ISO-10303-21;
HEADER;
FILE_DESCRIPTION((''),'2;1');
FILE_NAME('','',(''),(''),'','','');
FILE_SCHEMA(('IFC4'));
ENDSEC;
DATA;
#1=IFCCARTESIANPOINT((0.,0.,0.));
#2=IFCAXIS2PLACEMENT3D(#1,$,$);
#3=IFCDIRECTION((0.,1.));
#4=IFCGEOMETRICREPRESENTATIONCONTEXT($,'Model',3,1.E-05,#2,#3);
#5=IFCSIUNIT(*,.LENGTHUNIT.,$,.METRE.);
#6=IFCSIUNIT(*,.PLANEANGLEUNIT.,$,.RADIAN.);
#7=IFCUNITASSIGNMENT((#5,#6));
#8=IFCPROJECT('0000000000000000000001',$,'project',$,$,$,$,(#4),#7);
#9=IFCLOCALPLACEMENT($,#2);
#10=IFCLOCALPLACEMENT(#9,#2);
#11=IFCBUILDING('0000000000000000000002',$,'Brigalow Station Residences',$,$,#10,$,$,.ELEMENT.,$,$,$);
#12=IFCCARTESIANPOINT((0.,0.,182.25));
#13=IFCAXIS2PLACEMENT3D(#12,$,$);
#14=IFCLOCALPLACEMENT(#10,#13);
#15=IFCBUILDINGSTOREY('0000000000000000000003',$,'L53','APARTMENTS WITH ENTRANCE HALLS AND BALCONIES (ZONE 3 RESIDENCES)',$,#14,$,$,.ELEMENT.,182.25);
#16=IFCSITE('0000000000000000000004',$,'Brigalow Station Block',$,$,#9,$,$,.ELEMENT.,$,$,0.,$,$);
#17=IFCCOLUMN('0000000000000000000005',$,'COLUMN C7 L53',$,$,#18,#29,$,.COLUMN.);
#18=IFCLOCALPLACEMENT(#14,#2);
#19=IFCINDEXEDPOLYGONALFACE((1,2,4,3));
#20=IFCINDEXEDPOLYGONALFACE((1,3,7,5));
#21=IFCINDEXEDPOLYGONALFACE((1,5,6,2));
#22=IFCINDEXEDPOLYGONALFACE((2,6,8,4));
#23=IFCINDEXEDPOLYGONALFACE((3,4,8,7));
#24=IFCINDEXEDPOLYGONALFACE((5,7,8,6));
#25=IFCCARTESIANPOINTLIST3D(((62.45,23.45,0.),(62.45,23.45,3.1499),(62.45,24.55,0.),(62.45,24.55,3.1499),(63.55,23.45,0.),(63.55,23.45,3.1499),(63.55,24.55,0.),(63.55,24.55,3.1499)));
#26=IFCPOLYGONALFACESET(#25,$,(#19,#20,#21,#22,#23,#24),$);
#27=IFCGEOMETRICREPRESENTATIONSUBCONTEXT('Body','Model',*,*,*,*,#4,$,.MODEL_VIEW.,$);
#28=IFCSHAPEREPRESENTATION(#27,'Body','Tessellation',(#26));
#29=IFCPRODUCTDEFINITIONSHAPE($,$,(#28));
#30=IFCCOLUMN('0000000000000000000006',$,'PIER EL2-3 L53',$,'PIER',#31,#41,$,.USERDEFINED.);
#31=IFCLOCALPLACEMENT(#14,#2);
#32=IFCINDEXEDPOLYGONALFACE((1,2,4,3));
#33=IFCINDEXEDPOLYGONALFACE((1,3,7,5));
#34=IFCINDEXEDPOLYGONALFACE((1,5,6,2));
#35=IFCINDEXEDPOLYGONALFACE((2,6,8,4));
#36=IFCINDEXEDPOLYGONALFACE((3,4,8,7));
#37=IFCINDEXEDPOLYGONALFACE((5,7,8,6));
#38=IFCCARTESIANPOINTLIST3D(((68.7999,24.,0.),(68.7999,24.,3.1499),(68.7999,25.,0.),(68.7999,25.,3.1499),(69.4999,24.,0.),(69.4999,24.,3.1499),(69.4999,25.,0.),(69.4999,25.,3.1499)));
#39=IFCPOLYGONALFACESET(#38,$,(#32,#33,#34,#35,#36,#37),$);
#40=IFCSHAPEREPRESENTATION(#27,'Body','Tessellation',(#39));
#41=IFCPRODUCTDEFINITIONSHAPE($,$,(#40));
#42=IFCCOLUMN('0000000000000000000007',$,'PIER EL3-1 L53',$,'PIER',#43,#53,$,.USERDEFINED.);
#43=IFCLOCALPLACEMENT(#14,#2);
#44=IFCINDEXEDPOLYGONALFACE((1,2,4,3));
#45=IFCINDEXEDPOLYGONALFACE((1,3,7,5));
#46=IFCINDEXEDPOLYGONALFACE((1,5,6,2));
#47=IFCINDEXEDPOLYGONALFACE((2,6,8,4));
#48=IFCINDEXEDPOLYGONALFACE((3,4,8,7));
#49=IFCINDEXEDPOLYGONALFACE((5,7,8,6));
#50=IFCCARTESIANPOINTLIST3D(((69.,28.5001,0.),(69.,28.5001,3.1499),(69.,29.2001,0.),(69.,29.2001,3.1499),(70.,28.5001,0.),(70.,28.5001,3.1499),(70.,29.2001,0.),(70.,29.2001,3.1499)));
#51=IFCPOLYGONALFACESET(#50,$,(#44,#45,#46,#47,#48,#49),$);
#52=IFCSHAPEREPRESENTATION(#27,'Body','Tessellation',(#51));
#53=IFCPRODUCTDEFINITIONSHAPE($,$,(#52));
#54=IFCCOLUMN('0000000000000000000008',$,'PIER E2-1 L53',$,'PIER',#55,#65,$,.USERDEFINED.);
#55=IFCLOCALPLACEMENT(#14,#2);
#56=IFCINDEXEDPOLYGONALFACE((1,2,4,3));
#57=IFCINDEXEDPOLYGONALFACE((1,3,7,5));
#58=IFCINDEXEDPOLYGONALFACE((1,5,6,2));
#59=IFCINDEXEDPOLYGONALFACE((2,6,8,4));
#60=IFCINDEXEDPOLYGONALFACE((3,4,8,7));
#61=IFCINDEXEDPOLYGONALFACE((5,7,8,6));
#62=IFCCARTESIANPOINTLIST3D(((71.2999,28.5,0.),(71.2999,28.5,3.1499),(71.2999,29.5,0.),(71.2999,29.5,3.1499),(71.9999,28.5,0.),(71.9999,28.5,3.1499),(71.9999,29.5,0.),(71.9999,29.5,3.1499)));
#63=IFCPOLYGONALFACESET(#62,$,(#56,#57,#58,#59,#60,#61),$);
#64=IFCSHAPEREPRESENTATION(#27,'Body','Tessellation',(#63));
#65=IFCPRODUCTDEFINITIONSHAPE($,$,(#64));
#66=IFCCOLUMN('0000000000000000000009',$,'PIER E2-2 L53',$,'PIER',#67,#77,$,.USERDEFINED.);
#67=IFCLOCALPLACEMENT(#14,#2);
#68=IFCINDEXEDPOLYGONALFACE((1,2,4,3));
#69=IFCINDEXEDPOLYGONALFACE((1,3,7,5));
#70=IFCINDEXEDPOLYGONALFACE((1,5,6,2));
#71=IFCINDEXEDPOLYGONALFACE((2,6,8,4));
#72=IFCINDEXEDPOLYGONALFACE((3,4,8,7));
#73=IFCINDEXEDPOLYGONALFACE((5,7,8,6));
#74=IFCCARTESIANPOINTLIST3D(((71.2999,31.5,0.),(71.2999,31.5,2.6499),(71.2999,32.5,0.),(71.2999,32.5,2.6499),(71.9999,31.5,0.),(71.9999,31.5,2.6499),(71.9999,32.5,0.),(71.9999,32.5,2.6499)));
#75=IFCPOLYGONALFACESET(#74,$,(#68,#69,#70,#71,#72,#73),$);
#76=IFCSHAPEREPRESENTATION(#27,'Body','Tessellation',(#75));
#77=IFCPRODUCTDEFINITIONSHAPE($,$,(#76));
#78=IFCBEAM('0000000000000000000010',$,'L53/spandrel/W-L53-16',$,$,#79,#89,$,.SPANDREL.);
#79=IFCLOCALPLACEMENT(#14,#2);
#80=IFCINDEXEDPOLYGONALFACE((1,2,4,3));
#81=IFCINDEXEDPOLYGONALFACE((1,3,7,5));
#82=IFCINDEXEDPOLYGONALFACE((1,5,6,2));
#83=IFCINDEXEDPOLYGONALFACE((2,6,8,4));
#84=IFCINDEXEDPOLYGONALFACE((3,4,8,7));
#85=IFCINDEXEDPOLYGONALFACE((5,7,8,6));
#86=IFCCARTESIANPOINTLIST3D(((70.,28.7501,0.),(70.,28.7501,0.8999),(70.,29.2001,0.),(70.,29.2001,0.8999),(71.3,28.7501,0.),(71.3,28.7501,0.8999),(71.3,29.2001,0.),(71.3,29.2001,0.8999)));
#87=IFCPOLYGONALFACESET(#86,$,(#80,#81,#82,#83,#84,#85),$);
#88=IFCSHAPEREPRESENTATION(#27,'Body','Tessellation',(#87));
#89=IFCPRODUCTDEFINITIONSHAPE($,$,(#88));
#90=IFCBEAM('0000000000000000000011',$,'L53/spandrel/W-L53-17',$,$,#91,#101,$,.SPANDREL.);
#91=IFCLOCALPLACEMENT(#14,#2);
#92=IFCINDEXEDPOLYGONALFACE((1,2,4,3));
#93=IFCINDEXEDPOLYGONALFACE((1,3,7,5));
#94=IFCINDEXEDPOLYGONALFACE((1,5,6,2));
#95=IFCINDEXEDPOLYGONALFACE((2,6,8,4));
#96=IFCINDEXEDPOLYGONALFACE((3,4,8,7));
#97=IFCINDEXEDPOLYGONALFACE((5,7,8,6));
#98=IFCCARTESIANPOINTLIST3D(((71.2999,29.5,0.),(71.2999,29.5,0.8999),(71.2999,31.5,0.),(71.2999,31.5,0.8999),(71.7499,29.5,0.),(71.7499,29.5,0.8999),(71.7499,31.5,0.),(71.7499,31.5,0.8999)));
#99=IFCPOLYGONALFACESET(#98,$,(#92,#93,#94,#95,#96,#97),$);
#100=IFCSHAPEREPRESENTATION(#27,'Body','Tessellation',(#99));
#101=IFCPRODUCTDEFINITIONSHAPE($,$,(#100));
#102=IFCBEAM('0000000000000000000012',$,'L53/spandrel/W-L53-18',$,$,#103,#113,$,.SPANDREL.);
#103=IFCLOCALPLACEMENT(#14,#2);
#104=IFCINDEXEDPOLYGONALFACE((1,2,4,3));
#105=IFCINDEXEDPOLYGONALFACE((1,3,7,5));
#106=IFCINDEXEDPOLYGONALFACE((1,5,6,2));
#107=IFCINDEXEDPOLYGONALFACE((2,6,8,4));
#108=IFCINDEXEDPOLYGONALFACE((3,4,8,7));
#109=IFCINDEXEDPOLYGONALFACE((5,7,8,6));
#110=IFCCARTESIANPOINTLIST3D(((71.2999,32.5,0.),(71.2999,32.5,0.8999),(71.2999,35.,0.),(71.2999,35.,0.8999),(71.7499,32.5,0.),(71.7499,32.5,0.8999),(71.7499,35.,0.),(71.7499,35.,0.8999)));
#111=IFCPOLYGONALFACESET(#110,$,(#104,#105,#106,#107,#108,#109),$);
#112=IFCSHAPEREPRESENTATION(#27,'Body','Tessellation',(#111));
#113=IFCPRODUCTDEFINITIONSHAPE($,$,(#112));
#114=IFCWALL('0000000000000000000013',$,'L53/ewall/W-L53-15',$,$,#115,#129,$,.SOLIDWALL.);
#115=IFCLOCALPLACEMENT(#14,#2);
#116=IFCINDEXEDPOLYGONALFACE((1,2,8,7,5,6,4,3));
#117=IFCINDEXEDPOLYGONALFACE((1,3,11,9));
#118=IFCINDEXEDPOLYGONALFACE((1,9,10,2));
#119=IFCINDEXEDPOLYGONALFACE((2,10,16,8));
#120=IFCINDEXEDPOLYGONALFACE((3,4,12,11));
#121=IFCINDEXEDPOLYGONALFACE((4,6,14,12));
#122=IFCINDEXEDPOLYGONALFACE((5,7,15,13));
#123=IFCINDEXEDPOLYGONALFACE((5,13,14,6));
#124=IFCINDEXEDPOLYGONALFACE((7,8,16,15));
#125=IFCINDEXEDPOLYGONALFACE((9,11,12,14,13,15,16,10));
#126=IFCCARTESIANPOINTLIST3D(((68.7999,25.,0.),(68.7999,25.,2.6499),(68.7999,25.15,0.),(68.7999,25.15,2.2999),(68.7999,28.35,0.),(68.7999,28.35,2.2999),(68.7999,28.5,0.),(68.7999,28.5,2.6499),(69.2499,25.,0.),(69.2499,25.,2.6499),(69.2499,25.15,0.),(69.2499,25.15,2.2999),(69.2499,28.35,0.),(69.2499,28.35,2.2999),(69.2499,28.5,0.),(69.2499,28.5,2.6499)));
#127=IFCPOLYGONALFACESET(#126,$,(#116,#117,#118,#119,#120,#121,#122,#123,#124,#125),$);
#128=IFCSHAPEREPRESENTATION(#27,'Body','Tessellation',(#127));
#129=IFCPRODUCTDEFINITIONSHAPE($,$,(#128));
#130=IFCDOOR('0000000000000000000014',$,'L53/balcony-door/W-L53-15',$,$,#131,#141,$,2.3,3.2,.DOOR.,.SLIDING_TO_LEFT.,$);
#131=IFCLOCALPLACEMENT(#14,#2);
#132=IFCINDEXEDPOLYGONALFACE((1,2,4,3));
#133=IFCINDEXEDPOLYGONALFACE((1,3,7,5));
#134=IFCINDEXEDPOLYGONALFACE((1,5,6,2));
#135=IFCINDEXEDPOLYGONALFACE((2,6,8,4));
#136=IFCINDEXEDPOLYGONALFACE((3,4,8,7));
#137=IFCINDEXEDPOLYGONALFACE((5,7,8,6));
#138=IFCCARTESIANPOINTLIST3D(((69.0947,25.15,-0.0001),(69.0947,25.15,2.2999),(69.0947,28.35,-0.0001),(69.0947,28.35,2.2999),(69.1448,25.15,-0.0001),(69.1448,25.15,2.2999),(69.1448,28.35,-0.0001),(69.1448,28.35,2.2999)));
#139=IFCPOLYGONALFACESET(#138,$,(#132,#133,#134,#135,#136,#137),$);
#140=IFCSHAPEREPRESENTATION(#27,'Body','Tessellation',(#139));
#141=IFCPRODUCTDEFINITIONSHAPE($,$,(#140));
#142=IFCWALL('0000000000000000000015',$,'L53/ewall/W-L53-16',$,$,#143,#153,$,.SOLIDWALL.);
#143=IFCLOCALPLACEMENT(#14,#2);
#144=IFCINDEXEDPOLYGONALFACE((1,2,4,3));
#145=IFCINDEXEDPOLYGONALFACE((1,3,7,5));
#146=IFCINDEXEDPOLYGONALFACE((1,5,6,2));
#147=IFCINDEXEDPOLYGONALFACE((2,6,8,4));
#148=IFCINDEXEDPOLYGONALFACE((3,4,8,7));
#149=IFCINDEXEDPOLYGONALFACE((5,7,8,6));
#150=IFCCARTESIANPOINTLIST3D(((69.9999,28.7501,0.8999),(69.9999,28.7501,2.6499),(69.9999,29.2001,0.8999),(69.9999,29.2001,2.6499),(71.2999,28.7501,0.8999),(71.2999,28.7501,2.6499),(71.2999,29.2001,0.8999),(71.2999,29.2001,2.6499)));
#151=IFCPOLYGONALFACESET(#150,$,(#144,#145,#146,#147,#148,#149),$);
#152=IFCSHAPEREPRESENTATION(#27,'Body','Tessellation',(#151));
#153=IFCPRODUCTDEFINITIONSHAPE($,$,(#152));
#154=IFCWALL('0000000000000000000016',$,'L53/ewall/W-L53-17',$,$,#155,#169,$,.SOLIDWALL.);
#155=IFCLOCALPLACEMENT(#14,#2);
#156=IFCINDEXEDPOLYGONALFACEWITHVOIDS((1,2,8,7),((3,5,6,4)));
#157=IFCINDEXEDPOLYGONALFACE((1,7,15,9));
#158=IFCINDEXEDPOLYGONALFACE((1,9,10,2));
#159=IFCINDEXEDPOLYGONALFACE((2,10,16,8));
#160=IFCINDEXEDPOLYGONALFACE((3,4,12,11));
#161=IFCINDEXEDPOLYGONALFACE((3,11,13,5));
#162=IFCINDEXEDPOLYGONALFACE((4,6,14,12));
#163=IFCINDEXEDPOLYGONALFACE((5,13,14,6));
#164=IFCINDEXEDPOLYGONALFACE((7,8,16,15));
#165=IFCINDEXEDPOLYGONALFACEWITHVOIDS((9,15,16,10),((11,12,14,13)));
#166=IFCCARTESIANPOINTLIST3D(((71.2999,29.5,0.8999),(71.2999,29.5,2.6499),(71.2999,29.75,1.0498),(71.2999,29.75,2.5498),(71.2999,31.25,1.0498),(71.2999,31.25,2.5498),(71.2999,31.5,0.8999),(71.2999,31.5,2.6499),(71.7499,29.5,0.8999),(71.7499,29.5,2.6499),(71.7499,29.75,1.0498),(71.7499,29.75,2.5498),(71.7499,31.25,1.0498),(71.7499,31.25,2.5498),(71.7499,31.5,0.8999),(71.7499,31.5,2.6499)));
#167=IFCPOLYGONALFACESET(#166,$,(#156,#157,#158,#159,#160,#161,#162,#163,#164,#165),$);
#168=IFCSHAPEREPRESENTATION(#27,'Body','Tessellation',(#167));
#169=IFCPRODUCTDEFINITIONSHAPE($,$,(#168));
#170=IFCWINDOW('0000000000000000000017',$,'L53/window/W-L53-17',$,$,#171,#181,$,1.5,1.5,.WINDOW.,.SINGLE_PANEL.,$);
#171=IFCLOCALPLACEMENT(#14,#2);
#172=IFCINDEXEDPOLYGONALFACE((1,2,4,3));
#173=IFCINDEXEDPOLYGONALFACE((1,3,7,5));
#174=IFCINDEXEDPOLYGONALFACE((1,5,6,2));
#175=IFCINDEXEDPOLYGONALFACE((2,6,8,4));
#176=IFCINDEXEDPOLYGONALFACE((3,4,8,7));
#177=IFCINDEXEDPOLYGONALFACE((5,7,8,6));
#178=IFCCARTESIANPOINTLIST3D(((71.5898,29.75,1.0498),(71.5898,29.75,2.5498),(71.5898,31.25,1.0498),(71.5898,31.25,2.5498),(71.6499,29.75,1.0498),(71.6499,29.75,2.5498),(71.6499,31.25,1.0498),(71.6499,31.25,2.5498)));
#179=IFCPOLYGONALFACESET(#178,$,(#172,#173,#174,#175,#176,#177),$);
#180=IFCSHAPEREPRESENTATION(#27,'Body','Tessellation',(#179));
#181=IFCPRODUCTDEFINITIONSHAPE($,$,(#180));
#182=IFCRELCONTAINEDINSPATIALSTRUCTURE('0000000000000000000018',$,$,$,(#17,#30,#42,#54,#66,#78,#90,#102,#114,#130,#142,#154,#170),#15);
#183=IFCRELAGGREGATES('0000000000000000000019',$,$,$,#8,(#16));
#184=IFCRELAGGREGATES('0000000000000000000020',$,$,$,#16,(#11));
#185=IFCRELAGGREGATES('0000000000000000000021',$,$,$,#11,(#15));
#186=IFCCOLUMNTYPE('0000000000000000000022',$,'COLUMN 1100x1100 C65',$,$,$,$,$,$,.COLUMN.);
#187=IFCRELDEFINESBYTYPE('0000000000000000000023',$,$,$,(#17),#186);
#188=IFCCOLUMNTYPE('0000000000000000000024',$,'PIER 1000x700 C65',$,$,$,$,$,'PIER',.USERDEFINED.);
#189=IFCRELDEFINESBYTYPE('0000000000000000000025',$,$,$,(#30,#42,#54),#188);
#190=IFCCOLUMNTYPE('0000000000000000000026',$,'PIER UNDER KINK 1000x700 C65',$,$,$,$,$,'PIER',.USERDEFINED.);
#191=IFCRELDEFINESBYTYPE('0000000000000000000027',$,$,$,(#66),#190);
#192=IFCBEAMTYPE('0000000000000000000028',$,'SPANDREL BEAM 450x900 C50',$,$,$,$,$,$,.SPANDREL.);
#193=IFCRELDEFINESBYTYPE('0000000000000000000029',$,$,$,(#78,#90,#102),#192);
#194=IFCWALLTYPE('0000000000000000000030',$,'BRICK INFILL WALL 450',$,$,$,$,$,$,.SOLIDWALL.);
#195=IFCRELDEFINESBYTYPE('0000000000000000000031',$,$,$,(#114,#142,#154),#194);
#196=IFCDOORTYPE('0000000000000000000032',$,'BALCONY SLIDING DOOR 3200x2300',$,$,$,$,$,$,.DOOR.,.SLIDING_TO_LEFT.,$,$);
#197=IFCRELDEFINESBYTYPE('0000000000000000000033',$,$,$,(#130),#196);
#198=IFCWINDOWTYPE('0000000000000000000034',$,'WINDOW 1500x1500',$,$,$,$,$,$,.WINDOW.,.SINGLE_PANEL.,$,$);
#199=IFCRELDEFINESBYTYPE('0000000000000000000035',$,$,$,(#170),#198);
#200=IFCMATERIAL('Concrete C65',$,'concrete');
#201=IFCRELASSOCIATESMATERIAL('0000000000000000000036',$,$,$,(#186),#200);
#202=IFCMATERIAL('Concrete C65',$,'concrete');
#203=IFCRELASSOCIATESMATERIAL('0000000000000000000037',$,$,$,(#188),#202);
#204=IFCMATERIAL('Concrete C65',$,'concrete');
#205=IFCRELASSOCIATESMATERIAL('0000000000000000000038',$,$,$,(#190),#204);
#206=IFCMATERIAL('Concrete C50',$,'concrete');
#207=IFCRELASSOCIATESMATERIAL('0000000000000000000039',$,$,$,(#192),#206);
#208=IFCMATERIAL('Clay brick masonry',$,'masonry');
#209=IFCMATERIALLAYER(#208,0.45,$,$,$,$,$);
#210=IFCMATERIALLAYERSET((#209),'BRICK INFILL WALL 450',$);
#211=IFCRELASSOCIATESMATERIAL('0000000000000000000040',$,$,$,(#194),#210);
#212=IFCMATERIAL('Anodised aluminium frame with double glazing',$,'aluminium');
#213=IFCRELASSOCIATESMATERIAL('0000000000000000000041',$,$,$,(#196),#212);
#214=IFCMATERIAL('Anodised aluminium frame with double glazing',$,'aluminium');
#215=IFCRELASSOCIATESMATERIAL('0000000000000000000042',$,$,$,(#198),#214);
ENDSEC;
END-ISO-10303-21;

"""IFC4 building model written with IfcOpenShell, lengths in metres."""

from ifc_helpers import new_model, si_unit, direction, frame, frame_2d, origin, origin_2d, place, context, subcontext, project, spatial, rectangle, extrude, material, layer, layer_set, material_profile, profile_set, type_object, element, fill, save


model = new_model("IFC4")

# Units and contexts
model_context = context("Model", 3, precision=1e-05, world=origin(), true_north=direction((0.0, 1.0)))
body_context = subcontext(model_context, "Body", "Model", "MODEL_VIEW")
ifc_project = project(units=[si_unit("LENGTHUNIT", "METRE"), si_unit("PLANEANGLEUNIT", "RADIAN")], contexts=[model_context])

# Site, building, storey
site_placement = place(None, origin())
site = spatial("IfcSite", under=ifc_project, at=site_placement, Name="Brigalow Station Block", CompositionType="ELEMENT", RefElevation=0.0)
building_placement = place(site_placement, origin())
building = spatial("IfcBuilding", under=site, at=building_placement, Name="Brigalow Station Residences", CompositionType="ELEMENT")
storey_placement = place(building_placement, frame((0.0, 0.0, 182.25)))
storey = spatial("IfcBuildingStorey", under=building, at=storey_placement, Name="L53", Description="APARTMENTS WITH ENTRANCE HALLS AND BALCONIES (ZONE 3 RESIDENCES)", CompositionType="ELEMENT", Elevation=182.25)

# Columns
ifc_material_1 = material(Name="Concrete C65", Category="concrete")
ifc_material_profile_1 = material_profile(ifc_material_1, rectangle(XDim=1.1001, YDim=1.1001, at=origin_2d()), Name="RC1100x1100")
ifc_profile_set_1 = profile_set([ifc_material_profile_1], Name="Concrete C65")
column_type_1 = type_object("IfcColumnType", Name="COLUMN 1100x1100 C65", PredefinedType="COLUMN", material=ifc_profile_set_1)
column_1_placement = place(storey_placement, frame((63.0, 24.0, 0.0), z_axis=(0.0, 0.0, 1.0), x_axis=(1.0, 0.0, 0.0)))
element("IfcColumn", 1, at=column_1_placement, inside=storey, type_object=column_type_1, Name="COLUMN C7 L53", PredefinedType="COLUMN", context=body_context, shape_type="SweptSolid", body=[
    extrude(rectangle(XDim=1.1001, YDim=1.1001, at=origin_2d()), origin(), (0.0, 0.0, 1.0), 3.1499),
])
ifc_material_2 = material(Name="Concrete C65", Category="concrete")
ifc_material_profile_2 = material_profile(ifc_material_2, rectangle(XDim=1.0, YDim=0.7, at=origin_2d()), Name="RC1000x700")
ifc_profile_set_2 = profile_set([ifc_material_profile_2], Name="Concrete C65")
column_type_2 = type_object("IfcColumnType", Name="PIER 1000x700 C65", ElementType="PIER", PredefinedType="USERDEFINED", material=ifc_profile_set_2)
for number, where, z_axis, x_axis, name in (
    (2, (69.1499, 24.5, 0.0), (0.0, 0.0, 1.0), (0.0, 1.0, 0.0), "PIER EL2-3 L53"),
    (3, (69.5, 28.8501, 0.0), (0.0, 0.0, 1.0), (1.0, 0.0, 0.0), "PIER EL3-1 L53"),
    (4, (71.6499, 29.0, 0.0), (0.0, 0.0, 1.0), (0.0, 1.0, 0.0), "PIER E2-1 L53"),
):
    element("IfcColumn", number, at=place(storey_placement, frame(where, z_axis=z_axis, x_axis=x_axis)), inside=storey, type_object=column_type_2, Name=name, ObjectType="PIER", PredefinedType="USERDEFINED", context=body_context, shape_type="SweptSolid", body=[
        extrude(rectangle(XDim=1.0, YDim=0.7, at=origin_2d()), origin(), (0.0, 0.0, 1.0), 3.1499),
    ])
ifc_material_3 = material(Name="Concrete C65", Category="concrete")
ifc_material_profile_3 = material_profile(ifc_material_3, rectangle(XDim=1.0, YDim=0.7, at=origin_2d()), Name="RC1000x700")
ifc_profile_set_3 = profile_set([ifc_material_profile_3], Name="Concrete C65")
column_type_3 = type_object("IfcColumnType", Name="PIER UNDER KINK 1000x700 C65", ElementType="PIER", PredefinedType="USERDEFINED", material=ifc_profile_set_3)
column_2_placement = place(storey_placement, frame((71.6499, 32.0, 0.0), z_axis=(0.0, 0.0, 1.0), x_axis=(0.0, 1.0, 0.0)))
element("IfcColumn", 5, at=column_2_placement, inside=storey, type_object=column_type_3, Name="PIER E2-2 L53", ObjectType="PIER", PredefinedType="USERDEFINED", context=body_context, shape_type="SweptSolid", body=[
    extrude(rectangle(XDim=1.0, YDim=0.7, at=origin_2d()), origin(), (0.0, 0.0, 1.0), 2.6499),
])

# Beams
ifc_material_4 = material(Name="Concrete C50", Category="concrete")
ifc_material_profile_4 = material_profile(ifc_material_4, rectangle(XDim=0.45, YDim=0.8999, at=origin_2d()), Name="RC450x900")
ifc_profile_set_4 = profile_set([ifc_material_profile_4], Name="Concrete C50")
beam_type = type_object("IfcBeamType", Name="SPANDREL BEAM 450x900 C50", PredefinedType="SPANDREL", material=ifc_profile_set_4)
beam_1_placement = place(storey_placement, frame((70.0, 28.9751, 0.45), z_axis=(1.0, 0.0, 0.0), x_axis=(0.0, 1.0, 0.0)))
element("IfcBeam", 6, at=beam_1_placement, inside=storey, type_object=beam_type, Name="L53/spandrel/W-L53-16", PredefinedType="SPANDREL", context=body_context, shape_type="SweptSolid", body=[
    extrude(rectangle(XDim=0.45, YDim=0.8999, at=origin_2d()), origin(), (0.0, 0.0, 1.0), 1.3),
])
beam_2_placement = place(storey_placement, frame((71.5249, 29.5, 0.45), z_axis=(0.0, 1.0, 0.0), x_axis=(-1.0, 0.0, 0.0)))
element("IfcBeam", 7, at=beam_2_placement, inside=storey, type_object=beam_type, Name="L53/spandrel/W-L53-17", PredefinedType="SPANDREL", context=body_context, shape_type="SweptSolid", body=[
    extrude(rectangle(XDim=0.45, YDim=0.8999, at=origin_2d()), origin(), (0.0, 0.0, 1.0), 2.0),
])
beam_3_placement = place(storey_placement, frame((71.5249, 32.5, 0.45), z_axis=(0.0, 1.0, 0.0), x_axis=(-1.0, 0.0, 0.0)))
element("IfcBeam", 8, at=beam_3_placement, inside=storey, type_object=beam_type, Name="L53/spandrel/W-L53-18", PredefinedType="SPANDREL", context=body_context, shape_type="SweptSolid", body=[
    extrude(rectangle(XDim=0.45, YDim=0.8999, at=origin_2d()), origin(), (0.0, 0.0, 1.0), 2.5),
])

# Wall, opening, door
ifc_material_5 = material(Name="Clay brick masonry", Category="masonry")
ifc_layer_1 = layer(ifc_material_5, 0.45)
ifc_layer_set_1 = layer_set([ifc_layer_1], Name="BRICK INFILL WALL 450")
wall_type_1 = type_object("IfcWallType", Name="BRICK INFILL WALL 450", PredefinedType="SOLIDWALL", material=ifc_layer_set_1)
wall_1_placement = place(storey_placement, frame((69.0249, 25.0, 0.0), z_axis=(0.0, 0.0, 1.0), x_axis=(0.0, 1.0, 0.0)))
wall_1 = element("IfcWall", 9, at=wall_1_placement, inside=storey, type_object=wall_type_1, Name="L53/ewall/W-L53-15", PredefinedType="SOLIDWALL", context=body_context, shape_type="SweptSolid", body=[
    extrude(rectangle(XDim=3.5, YDim=0.45, at=frame_2d((1.75, 0.0))), origin(), (0.0, 0.0, 1.0), 2.6499),
])
opening_1_placement = place(wall_1_placement, frame((0.1499, 0.0, 0.0)))
opening_1 = element("IfcOpeningElement", 10, at=opening_1_placement, cuts=wall_1, PredefinedType="OPENING", context=body_context, shape_type="SweptSolid", body=[
    extrude(rectangle(XDim=3.2, YDim=2.3, at=frame_2d((1.6001, 1.1499))), frame((0.0, 0.2349, 0.0), z_axis=(0.0, -1.0, 0.0), x_axis=(1.0, 0.0, 0.0)), (0.0, 0.0, 1.0), 0.47),
])
ifc_material_6 = material(Name="Anodised aluminium frame with double glazing", Category="aluminium")
door_type_1 = type_object("IfcDoorType", Name="BALCONY SLIDING DOOR 3200x2300", OperationType="SLIDING_TO_LEFT", PredefinedType="DOOR", material=ifc_material_6)
door_1_placement = place(opening_1_placement, origin())
door_1 = element("IfcDoor", 11, at=door_1_placement, inside=storey, type_object=door_type_1, Name="L53/balcony-door/W-L53-15", OperationType="SLIDING_TO_LEFT", OverallHeight=2.3, OverallWidth=3.2, PredefinedType="DOOR", context=body_context, shape_type="SweptSolid", body=[
    extrude(rectangle(XDim=3.2, YDim=2.3, at=frame_2d((1.6001, 1.1499))), frame((0.0, -0.0698, 0.0), z_axis=(0.0, -1.0, 0.0), x_axis=(1.0, 0.0, 0.0)), (0.0, 0.0, 1.0), 0.05),
])
fill(opening_1, door_1)

# Wall
wall_2_placement = place(storey_placement, frame((70.0, 28.9751, 0.8999), z_axis=(0.0, 0.0, 1.0), x_axis=(1.0, 0.0, 0.0)))
element("IfcWall", 12, at=wall_2_placement, inside=storey, type_object=wall_type_1, Name="L53/ewall/W-L53-16", PredefinedType="SOLIDWALL", context=body_context, shape_type="SweptSolid", body=[
    extrude(rectangle(XDim=1.3, YDim=0.45, at=frame_2d((0.6499, 0.0))), origin(), (0.0, 0.0, 1.0), 1.75),
])

# Wall, opening, window
wall_3_placement = place(storey_placement, frame((71.5249, 29.5, 0.8999), z_axis=(0.0, 0.0, 1.0), x_axis=(0.0, 1.0, 0.0)))
wall_3 = element("IfcWall", 13, at=wall_3_placement, inside=storey, type_object=wall_type_1, Name="L53/ewall/W-L53-17", PredefinedType="SOLIDWALL", context=body_context, shape_type="SweptSolid", body=[
    extrude(rectangle(XDim=2.0, YDim=0.45, at=frame_2d((1.0, 0.0))), origin(), (0.0, 0.0, 1.0), 1.75),
])
opening_2_placement = place(wall_3_placement, frame((0.25, 0.0, 0.1499)))
opening_2 = element("IfcOpeningElement", 14, at=opening_2_placement, cuts=wall_3, PredefinedType="OPENING", context=body_context, shape_type="SweptSolid", body=[
    extrude(rectangle(XDim=1.5, YDim=1.5, at=frame_2d((0.75, 0.75))), frame((0.0, 0.2349, 0.0), z_axis=(0.0, -1.0, 0.0), x_axis=(1.0, 0.0, 0.0)), (0.0, 0.0, 1.0), 0.47),
])
ifc_material_7 = material(Name="Anodised aluminium frame with double glazing", Category="aluminium")
window_type_1 = type_object("IfcWindowType", Name="WINDOW 1500x1500", PartitioningType="SINGLE_PANEL", PredefinedType="WINDOW", material=ifc_material_7)
window_1_placement = place(opening_2_placement, origin())
window_1 = element("IfcWindow", 15, at=window_1_placement, inside=storey, type_object=window_type_1, Name="L53/window/W-L53-17", OverallHeight=1.5, OverallWidth=1.5, PartitioningType="SINGLE_PANEL", PredefinedType="WINDOW", context=body_context, shape_type="SweptSolid", body=[
    extrude(rectangle(XDim=1.5, YDim=1.5, at=frame_2d((0.75, 0.75))), frame((0.0, -0.0649, 0.0), z_axis=(0.0, -1.0, 0.0), x_axis=(1.0, 0.0, 0.0)), (0.0, 0.0, 1.0), 0.0601),
])
fill(opening_2, window_1)

save(model, "model.ifc")
